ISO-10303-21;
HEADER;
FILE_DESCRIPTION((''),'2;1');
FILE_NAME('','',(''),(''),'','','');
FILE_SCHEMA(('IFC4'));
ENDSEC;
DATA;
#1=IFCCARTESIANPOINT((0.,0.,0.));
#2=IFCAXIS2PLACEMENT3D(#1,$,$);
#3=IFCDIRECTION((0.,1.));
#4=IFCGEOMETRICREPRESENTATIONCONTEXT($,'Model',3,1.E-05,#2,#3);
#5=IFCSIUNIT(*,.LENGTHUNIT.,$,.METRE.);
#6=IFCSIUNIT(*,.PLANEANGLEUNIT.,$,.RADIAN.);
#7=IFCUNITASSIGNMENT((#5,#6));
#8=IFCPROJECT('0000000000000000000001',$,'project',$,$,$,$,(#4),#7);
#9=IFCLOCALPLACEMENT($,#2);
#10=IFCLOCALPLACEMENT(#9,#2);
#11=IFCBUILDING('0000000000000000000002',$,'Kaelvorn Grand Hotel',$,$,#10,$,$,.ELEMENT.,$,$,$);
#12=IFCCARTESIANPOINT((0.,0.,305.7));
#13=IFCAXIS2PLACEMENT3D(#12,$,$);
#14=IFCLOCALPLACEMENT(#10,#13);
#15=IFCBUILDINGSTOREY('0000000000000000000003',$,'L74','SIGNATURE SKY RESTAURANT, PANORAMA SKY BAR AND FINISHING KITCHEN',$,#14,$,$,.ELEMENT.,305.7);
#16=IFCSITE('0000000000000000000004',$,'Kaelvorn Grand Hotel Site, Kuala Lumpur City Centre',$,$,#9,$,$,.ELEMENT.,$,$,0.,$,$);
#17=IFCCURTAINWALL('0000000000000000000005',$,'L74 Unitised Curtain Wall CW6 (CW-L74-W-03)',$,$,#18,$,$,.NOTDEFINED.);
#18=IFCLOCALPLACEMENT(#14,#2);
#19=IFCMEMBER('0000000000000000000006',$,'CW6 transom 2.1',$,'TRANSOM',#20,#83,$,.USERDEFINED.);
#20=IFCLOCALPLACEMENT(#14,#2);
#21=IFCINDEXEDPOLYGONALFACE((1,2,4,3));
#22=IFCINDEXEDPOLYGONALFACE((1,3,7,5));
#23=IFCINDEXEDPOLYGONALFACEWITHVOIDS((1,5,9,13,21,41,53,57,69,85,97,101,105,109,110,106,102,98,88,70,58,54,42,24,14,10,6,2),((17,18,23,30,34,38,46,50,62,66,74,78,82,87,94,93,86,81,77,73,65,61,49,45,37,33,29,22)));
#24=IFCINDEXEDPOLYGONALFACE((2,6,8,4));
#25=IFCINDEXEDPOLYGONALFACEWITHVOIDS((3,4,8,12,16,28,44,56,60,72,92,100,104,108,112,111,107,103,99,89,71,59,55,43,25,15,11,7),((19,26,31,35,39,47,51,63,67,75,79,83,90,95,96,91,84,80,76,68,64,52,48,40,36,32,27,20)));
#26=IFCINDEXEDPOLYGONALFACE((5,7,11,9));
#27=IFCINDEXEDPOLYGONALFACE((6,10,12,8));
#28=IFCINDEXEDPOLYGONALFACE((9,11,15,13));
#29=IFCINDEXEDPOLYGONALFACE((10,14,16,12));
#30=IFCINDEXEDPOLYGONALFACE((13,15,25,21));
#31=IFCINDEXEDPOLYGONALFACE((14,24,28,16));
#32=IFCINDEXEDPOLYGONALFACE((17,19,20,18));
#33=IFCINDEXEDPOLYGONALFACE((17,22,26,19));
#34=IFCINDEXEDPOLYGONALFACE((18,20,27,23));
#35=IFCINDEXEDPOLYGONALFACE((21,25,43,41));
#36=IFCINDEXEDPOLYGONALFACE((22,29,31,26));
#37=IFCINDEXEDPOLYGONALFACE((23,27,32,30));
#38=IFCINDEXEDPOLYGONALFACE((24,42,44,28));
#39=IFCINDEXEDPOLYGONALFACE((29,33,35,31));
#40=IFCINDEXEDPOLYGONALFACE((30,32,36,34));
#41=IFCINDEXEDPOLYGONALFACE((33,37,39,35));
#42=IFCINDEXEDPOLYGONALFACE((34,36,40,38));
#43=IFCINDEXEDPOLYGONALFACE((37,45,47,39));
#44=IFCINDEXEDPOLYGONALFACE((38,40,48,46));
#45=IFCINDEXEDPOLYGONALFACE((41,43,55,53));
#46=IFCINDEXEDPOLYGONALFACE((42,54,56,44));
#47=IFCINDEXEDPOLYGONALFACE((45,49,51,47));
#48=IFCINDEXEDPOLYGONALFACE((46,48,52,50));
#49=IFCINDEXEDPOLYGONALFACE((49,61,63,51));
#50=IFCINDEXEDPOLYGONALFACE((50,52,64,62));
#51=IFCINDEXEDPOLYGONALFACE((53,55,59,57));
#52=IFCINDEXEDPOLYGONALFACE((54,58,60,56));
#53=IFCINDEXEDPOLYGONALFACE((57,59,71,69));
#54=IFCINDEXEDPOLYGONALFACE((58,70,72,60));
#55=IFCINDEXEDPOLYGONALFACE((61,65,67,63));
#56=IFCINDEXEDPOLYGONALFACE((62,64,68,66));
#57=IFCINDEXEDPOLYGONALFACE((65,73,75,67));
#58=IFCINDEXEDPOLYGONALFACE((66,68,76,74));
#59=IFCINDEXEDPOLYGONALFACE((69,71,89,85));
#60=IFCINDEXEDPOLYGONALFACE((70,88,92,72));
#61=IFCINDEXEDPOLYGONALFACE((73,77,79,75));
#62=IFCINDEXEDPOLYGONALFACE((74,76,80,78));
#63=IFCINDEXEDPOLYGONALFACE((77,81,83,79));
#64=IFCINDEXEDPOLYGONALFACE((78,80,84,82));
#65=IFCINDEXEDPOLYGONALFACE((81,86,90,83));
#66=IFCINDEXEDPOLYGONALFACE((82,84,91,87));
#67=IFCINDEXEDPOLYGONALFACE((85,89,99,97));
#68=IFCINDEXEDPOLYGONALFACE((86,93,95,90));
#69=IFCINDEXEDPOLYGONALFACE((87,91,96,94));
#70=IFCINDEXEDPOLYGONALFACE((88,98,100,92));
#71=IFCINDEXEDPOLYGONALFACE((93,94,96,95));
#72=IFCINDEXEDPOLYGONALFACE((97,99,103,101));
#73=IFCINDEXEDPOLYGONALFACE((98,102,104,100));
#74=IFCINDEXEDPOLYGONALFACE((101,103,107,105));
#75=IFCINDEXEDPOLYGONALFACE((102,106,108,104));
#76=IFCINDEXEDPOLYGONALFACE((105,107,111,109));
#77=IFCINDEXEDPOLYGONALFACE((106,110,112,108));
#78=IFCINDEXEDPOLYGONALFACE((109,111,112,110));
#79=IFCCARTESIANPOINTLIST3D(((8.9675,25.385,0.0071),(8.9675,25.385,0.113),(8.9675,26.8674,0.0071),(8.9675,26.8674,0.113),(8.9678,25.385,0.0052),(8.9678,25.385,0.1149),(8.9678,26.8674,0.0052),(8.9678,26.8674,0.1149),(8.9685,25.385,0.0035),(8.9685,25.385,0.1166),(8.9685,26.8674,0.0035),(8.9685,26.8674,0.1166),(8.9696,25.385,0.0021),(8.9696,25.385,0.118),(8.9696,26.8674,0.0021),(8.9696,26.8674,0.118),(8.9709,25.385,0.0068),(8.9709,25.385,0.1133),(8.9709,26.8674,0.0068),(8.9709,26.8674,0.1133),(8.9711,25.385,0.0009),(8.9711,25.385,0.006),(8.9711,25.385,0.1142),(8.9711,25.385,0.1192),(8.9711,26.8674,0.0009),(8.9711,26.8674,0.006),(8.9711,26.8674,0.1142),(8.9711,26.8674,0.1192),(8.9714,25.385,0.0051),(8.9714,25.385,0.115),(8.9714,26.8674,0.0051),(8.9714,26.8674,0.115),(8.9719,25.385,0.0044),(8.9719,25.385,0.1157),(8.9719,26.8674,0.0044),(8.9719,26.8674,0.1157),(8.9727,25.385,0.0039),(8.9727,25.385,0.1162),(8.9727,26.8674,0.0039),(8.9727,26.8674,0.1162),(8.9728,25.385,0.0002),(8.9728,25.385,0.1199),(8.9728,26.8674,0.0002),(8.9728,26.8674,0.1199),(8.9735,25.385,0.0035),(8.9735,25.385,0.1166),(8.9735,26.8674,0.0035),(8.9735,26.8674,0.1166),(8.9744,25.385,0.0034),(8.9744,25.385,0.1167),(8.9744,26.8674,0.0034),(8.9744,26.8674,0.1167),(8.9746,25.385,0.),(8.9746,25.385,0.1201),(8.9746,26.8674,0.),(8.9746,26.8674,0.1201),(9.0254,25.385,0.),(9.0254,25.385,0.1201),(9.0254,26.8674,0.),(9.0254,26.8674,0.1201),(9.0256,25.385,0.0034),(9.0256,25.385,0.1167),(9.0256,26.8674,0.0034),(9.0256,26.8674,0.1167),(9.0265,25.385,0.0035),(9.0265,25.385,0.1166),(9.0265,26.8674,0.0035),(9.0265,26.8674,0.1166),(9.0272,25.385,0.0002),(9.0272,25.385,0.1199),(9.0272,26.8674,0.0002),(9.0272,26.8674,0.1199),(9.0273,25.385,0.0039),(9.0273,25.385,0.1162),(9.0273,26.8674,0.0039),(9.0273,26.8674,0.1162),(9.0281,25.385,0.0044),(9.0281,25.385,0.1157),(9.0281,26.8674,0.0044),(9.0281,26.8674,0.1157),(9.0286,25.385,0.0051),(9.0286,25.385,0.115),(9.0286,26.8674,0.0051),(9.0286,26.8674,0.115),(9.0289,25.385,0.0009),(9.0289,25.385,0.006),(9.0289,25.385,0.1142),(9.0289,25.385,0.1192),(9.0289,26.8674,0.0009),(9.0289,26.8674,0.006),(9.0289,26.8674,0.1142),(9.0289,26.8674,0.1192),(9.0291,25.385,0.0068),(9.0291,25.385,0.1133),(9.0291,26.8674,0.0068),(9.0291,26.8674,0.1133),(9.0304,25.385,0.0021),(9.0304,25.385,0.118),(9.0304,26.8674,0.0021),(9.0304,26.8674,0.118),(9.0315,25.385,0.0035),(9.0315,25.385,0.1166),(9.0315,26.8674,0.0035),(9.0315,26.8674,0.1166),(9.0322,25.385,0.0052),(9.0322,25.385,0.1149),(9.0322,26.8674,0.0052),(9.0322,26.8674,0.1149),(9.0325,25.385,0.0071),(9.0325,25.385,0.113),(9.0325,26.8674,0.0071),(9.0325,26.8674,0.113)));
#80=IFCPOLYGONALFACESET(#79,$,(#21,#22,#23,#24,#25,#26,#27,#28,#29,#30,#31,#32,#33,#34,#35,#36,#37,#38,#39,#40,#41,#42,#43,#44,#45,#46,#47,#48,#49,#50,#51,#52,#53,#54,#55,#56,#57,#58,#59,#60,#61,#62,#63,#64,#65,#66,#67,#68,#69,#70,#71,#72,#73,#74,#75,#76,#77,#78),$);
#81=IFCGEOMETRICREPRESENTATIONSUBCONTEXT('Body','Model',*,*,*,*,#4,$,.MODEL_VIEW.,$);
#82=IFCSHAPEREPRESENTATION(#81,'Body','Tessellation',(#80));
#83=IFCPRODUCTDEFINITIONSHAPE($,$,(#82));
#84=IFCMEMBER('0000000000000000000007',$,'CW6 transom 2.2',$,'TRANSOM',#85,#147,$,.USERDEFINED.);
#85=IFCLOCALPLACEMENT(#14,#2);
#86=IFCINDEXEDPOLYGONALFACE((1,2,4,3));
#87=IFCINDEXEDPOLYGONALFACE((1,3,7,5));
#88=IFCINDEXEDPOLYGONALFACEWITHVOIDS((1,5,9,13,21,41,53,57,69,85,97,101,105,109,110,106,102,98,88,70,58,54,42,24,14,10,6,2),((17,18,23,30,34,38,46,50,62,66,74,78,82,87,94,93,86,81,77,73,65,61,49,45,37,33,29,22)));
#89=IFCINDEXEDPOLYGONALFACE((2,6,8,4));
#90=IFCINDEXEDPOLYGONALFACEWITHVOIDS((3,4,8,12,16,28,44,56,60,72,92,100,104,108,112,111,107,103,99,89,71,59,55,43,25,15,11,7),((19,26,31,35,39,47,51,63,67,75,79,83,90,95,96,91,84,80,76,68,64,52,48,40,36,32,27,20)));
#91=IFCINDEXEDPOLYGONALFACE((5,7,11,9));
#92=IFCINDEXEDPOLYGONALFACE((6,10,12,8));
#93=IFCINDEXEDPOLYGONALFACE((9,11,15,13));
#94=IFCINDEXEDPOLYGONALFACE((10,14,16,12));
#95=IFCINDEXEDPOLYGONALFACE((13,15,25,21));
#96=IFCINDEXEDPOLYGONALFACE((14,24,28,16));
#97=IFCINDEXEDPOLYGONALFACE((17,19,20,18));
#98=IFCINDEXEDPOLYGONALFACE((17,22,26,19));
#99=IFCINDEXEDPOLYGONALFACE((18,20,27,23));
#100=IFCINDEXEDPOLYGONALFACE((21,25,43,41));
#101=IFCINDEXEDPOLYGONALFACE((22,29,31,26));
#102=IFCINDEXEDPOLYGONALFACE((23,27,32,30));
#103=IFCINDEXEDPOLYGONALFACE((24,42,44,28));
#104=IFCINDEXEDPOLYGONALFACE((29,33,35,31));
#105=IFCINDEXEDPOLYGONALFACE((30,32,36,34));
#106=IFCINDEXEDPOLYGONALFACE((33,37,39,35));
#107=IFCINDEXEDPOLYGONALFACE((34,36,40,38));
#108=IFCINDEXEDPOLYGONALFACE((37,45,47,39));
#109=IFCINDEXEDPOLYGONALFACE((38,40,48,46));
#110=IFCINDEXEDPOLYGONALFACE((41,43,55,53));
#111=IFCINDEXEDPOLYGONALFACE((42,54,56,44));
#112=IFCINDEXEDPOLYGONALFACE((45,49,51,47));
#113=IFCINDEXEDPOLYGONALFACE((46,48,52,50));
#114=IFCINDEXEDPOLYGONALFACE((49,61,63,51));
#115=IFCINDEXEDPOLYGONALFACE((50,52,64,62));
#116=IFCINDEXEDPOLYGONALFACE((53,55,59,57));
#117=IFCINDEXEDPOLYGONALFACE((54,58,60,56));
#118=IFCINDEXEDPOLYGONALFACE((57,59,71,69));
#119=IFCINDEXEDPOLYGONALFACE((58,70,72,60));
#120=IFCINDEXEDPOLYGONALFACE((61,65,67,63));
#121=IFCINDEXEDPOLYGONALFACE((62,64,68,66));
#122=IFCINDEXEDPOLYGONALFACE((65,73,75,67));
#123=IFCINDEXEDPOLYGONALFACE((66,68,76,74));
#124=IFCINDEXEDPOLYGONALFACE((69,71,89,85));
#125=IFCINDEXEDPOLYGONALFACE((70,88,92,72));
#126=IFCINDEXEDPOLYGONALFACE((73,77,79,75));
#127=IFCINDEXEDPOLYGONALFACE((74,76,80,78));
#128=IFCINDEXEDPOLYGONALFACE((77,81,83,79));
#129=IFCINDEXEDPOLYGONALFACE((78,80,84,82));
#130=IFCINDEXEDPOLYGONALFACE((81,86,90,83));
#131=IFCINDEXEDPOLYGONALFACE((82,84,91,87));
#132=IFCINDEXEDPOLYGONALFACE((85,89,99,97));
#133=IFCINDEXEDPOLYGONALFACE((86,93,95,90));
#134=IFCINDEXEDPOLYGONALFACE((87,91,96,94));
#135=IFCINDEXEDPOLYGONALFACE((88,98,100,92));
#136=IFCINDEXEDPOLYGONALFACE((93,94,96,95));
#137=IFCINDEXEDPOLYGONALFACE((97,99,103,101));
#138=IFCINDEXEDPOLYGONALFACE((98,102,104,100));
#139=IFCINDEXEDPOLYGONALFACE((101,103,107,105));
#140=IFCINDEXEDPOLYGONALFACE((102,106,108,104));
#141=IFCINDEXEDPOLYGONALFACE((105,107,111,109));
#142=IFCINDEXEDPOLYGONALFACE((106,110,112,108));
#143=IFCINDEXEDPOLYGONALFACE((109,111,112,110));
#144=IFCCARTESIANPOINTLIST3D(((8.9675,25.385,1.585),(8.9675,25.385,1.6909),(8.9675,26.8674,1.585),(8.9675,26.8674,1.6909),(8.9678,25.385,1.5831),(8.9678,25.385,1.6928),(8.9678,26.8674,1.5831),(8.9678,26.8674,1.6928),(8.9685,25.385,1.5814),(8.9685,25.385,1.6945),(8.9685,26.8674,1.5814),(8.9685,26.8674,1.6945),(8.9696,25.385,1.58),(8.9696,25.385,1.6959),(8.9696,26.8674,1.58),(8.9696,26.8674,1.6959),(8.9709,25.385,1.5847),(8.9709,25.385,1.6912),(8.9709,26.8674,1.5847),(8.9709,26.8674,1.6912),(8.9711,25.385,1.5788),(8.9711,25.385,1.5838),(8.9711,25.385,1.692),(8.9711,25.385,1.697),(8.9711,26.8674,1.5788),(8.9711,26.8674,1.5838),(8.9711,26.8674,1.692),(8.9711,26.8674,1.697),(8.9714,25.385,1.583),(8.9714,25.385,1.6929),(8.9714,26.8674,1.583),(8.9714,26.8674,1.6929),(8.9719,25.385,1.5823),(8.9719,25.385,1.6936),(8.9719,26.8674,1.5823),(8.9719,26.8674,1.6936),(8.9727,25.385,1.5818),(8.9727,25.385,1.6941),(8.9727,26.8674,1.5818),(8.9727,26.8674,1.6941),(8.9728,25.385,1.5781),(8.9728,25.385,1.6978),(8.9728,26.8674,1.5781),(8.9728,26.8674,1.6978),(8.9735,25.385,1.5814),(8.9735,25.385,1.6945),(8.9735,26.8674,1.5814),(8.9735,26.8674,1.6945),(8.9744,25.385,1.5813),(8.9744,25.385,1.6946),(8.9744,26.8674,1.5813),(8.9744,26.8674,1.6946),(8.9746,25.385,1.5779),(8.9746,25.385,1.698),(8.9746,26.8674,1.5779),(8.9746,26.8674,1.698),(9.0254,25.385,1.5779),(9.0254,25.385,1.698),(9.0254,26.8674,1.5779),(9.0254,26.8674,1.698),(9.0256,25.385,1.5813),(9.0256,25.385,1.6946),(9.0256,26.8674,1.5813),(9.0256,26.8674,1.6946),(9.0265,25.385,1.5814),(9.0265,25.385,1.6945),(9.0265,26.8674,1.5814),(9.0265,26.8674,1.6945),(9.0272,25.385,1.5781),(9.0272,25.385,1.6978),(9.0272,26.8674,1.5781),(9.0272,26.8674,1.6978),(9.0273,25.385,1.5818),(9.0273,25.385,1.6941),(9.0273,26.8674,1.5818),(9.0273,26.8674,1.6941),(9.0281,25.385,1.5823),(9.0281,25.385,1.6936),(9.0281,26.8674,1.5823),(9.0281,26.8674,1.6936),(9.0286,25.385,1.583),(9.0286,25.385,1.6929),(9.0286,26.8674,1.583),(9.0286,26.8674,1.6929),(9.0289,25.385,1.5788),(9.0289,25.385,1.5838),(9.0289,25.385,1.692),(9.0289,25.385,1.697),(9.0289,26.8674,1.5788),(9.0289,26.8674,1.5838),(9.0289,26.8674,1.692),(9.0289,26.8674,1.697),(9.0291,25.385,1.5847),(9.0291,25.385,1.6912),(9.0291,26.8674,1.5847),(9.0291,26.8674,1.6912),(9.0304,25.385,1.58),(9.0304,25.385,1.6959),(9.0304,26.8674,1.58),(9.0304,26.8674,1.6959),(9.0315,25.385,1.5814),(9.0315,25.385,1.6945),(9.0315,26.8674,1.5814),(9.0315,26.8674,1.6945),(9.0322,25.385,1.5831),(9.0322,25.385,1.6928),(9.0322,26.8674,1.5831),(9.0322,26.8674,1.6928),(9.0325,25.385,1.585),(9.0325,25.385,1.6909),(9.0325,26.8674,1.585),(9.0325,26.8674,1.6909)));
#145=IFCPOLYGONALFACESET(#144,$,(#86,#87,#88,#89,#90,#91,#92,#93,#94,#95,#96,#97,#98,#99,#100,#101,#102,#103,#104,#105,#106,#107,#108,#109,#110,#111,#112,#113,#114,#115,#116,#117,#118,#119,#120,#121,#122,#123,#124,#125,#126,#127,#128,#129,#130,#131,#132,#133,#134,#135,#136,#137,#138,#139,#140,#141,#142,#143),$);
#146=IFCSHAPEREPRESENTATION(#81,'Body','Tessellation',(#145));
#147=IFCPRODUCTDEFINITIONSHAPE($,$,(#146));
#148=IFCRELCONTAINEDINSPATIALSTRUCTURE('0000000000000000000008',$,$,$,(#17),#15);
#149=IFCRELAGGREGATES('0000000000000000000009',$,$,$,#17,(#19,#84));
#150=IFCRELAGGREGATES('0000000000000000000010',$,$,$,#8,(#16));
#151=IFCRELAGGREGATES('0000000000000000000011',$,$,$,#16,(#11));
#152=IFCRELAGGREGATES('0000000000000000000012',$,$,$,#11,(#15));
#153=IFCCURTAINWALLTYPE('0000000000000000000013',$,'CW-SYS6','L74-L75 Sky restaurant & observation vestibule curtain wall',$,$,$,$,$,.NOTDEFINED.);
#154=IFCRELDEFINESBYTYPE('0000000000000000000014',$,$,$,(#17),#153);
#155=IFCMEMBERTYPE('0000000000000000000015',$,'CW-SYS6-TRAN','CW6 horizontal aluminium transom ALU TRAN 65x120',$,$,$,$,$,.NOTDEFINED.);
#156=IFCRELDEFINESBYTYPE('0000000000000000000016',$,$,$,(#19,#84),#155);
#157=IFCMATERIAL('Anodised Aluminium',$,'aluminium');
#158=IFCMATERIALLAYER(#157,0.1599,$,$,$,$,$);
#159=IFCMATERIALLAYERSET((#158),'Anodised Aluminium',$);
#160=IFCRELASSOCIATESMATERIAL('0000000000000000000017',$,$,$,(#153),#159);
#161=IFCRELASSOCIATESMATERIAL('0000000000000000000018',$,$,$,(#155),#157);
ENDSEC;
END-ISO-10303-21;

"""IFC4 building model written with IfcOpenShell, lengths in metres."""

from ifc_helpers import new_model, si_unit, direction, frame, origin, origin_2d, place, context, subcontext, project, spatial, hollow_rectangle, extrude, material, layer, layer_set, material_profile, profile_set, type_object, element, aggregate, save


model = new_model("IFC4")

# Units and contexts
model_context = context("Model", 3, precision=1e-05, world=origin(), true_north=direction((0.0, 1.0)))
body_context = subcontext(model_context, "Body", "Model", "MODEL_VIEW")
ifc_project = project(units=[si_unit("LENGTHUNIT", "METRE"), si_unit("PLANEANGLEUNIT", "RADIAN")], contexts=[model_context])

# Site, building, storey
site_placement = place(None, origin())
site = spatial("IfcSite", under=ifc_project, at=site_placement, Name="Kaelvorn Grand Hotel Site, Kuala Lumpur City Centre", CompositionType="ELEMENT", RefElevation=0.0)
building_placement = place(site_placement, origin())
building = spatial("IfcBuilding", under=site, at=building_placement, Name="Kaelvorn Grand Hotel", CompositionType="ELEMENT")
storey_placement = place(building_placement, frame((0.0, 0.0, 305.7)))
storey = spatial("IfcBuildingStorey", under=building, at=storey_placement, Name="L74", Description="SIGNATURE SKY RESTAURANT, PANORAMA SKY BAR AND FINISHING KITCHEN", CompositionType="ELEMENT", Elevation=305.7)

# Curtain wall
ifc_material_1 = material(Name="Anodised Aluminium", Category="aluminium")
ifc_layer_1 = layer(ifc_material_1, 0.1599)
ifc_layer_set_1 = layer_set([ifc_layer_1], Name="Anodised Aluminium")
curtain_wall_type = type_object("IfcCurtainWallType", Name="CW-SYS6", Description="L74-L75 Sky restaurant & observation vestibule curtain wall", PredefinedType="NOTDEFINED", material=ifc_layer_set_1)
curtain_wall_1_placement = place(storey_placement, origin())
curtain_wall_1 = element("IfcCurtainWall", 1, at=curtain_wall_1_placement, inside=storey, type_object=curtain_wall_type, Name="L74 Unitised Curtain Wall CW6 (CW-L74-W-03)", PredefinedType="NOTDEFINED")

# Members
ifc_material_profile_1 = material_profile(ifc_material_1, hollow_rectangle(XDim=0.0649, YDim=0.1201, WallThickness=0.0034, InnerFilletRadius=0.0034, OuterFilletRadius=0.0071, at=origin_2d()), Name="ALU TRAN 65x120")
ifc_profile_set_1 = profile_set([ifc_material_profile_1], Name="Anodised Aluminium")
member_type_1 = type_object("IfcMemberType", Name="CW-SYS6-TRAN", Description="CW6 horizontal aluminium transom ALU TRAN 65x120", PredefinedType="NOTDEFINED", material=ifc_profile_set_1)
member_1_placement = place(storey_placement, frame((9.0, 26.8674, 0.0601), z_axis=(0.0, -1.0, 0.0), x_axis=(1.0, 0.0, 0.0)))
member_1 = element("IfcMember", 2, at=member_1_placement, type_object=member_type_1, Name="CW6 transom 2.1", ObjectType="TRANSOM", PredefinedType="USERDEFINED", context=body_context, shape_type="SweptSolid", body=[
    extrude(hollow_rectangle(XDim=0.0649, YDim=0.1201, WallThickness=0.0034, InnerFilletRadius=0.0034, OuterFilletRadius=0.0071, at=origin_2d()), origin(), (0.0, 0.0, 1.0), 1.4824),
])
member_2_placement = place(storey_placement, frame((9.0, 26.8674, 1.6379), z_axis=(0.0, -1.0, 0.0), x_axis=(1.0, 0.0, 0.0)))
member_2 = element("IfcMember", 3, at=member_2_placement, type_object=member_type_1, Name="CW6 transom 2.2", ObjectType="TRANSOM", PredefinedType="USERDEFINED", context=body_context, shape_type="SweptSolid", body=[
    extrude(hollow_rectangle(XDim=0.0649, YDim=0.1201, WallThickness=0.0034, InnerFilletRadius=0.0034, OuterFilletRadius=0.0071, at=origin_2d()), origin(), (0.0, 0.0, 1.0), 1.4824),
])

aggregate(curtain_wall_1, [member_1, member_2])

save(model, "model.ifc")
